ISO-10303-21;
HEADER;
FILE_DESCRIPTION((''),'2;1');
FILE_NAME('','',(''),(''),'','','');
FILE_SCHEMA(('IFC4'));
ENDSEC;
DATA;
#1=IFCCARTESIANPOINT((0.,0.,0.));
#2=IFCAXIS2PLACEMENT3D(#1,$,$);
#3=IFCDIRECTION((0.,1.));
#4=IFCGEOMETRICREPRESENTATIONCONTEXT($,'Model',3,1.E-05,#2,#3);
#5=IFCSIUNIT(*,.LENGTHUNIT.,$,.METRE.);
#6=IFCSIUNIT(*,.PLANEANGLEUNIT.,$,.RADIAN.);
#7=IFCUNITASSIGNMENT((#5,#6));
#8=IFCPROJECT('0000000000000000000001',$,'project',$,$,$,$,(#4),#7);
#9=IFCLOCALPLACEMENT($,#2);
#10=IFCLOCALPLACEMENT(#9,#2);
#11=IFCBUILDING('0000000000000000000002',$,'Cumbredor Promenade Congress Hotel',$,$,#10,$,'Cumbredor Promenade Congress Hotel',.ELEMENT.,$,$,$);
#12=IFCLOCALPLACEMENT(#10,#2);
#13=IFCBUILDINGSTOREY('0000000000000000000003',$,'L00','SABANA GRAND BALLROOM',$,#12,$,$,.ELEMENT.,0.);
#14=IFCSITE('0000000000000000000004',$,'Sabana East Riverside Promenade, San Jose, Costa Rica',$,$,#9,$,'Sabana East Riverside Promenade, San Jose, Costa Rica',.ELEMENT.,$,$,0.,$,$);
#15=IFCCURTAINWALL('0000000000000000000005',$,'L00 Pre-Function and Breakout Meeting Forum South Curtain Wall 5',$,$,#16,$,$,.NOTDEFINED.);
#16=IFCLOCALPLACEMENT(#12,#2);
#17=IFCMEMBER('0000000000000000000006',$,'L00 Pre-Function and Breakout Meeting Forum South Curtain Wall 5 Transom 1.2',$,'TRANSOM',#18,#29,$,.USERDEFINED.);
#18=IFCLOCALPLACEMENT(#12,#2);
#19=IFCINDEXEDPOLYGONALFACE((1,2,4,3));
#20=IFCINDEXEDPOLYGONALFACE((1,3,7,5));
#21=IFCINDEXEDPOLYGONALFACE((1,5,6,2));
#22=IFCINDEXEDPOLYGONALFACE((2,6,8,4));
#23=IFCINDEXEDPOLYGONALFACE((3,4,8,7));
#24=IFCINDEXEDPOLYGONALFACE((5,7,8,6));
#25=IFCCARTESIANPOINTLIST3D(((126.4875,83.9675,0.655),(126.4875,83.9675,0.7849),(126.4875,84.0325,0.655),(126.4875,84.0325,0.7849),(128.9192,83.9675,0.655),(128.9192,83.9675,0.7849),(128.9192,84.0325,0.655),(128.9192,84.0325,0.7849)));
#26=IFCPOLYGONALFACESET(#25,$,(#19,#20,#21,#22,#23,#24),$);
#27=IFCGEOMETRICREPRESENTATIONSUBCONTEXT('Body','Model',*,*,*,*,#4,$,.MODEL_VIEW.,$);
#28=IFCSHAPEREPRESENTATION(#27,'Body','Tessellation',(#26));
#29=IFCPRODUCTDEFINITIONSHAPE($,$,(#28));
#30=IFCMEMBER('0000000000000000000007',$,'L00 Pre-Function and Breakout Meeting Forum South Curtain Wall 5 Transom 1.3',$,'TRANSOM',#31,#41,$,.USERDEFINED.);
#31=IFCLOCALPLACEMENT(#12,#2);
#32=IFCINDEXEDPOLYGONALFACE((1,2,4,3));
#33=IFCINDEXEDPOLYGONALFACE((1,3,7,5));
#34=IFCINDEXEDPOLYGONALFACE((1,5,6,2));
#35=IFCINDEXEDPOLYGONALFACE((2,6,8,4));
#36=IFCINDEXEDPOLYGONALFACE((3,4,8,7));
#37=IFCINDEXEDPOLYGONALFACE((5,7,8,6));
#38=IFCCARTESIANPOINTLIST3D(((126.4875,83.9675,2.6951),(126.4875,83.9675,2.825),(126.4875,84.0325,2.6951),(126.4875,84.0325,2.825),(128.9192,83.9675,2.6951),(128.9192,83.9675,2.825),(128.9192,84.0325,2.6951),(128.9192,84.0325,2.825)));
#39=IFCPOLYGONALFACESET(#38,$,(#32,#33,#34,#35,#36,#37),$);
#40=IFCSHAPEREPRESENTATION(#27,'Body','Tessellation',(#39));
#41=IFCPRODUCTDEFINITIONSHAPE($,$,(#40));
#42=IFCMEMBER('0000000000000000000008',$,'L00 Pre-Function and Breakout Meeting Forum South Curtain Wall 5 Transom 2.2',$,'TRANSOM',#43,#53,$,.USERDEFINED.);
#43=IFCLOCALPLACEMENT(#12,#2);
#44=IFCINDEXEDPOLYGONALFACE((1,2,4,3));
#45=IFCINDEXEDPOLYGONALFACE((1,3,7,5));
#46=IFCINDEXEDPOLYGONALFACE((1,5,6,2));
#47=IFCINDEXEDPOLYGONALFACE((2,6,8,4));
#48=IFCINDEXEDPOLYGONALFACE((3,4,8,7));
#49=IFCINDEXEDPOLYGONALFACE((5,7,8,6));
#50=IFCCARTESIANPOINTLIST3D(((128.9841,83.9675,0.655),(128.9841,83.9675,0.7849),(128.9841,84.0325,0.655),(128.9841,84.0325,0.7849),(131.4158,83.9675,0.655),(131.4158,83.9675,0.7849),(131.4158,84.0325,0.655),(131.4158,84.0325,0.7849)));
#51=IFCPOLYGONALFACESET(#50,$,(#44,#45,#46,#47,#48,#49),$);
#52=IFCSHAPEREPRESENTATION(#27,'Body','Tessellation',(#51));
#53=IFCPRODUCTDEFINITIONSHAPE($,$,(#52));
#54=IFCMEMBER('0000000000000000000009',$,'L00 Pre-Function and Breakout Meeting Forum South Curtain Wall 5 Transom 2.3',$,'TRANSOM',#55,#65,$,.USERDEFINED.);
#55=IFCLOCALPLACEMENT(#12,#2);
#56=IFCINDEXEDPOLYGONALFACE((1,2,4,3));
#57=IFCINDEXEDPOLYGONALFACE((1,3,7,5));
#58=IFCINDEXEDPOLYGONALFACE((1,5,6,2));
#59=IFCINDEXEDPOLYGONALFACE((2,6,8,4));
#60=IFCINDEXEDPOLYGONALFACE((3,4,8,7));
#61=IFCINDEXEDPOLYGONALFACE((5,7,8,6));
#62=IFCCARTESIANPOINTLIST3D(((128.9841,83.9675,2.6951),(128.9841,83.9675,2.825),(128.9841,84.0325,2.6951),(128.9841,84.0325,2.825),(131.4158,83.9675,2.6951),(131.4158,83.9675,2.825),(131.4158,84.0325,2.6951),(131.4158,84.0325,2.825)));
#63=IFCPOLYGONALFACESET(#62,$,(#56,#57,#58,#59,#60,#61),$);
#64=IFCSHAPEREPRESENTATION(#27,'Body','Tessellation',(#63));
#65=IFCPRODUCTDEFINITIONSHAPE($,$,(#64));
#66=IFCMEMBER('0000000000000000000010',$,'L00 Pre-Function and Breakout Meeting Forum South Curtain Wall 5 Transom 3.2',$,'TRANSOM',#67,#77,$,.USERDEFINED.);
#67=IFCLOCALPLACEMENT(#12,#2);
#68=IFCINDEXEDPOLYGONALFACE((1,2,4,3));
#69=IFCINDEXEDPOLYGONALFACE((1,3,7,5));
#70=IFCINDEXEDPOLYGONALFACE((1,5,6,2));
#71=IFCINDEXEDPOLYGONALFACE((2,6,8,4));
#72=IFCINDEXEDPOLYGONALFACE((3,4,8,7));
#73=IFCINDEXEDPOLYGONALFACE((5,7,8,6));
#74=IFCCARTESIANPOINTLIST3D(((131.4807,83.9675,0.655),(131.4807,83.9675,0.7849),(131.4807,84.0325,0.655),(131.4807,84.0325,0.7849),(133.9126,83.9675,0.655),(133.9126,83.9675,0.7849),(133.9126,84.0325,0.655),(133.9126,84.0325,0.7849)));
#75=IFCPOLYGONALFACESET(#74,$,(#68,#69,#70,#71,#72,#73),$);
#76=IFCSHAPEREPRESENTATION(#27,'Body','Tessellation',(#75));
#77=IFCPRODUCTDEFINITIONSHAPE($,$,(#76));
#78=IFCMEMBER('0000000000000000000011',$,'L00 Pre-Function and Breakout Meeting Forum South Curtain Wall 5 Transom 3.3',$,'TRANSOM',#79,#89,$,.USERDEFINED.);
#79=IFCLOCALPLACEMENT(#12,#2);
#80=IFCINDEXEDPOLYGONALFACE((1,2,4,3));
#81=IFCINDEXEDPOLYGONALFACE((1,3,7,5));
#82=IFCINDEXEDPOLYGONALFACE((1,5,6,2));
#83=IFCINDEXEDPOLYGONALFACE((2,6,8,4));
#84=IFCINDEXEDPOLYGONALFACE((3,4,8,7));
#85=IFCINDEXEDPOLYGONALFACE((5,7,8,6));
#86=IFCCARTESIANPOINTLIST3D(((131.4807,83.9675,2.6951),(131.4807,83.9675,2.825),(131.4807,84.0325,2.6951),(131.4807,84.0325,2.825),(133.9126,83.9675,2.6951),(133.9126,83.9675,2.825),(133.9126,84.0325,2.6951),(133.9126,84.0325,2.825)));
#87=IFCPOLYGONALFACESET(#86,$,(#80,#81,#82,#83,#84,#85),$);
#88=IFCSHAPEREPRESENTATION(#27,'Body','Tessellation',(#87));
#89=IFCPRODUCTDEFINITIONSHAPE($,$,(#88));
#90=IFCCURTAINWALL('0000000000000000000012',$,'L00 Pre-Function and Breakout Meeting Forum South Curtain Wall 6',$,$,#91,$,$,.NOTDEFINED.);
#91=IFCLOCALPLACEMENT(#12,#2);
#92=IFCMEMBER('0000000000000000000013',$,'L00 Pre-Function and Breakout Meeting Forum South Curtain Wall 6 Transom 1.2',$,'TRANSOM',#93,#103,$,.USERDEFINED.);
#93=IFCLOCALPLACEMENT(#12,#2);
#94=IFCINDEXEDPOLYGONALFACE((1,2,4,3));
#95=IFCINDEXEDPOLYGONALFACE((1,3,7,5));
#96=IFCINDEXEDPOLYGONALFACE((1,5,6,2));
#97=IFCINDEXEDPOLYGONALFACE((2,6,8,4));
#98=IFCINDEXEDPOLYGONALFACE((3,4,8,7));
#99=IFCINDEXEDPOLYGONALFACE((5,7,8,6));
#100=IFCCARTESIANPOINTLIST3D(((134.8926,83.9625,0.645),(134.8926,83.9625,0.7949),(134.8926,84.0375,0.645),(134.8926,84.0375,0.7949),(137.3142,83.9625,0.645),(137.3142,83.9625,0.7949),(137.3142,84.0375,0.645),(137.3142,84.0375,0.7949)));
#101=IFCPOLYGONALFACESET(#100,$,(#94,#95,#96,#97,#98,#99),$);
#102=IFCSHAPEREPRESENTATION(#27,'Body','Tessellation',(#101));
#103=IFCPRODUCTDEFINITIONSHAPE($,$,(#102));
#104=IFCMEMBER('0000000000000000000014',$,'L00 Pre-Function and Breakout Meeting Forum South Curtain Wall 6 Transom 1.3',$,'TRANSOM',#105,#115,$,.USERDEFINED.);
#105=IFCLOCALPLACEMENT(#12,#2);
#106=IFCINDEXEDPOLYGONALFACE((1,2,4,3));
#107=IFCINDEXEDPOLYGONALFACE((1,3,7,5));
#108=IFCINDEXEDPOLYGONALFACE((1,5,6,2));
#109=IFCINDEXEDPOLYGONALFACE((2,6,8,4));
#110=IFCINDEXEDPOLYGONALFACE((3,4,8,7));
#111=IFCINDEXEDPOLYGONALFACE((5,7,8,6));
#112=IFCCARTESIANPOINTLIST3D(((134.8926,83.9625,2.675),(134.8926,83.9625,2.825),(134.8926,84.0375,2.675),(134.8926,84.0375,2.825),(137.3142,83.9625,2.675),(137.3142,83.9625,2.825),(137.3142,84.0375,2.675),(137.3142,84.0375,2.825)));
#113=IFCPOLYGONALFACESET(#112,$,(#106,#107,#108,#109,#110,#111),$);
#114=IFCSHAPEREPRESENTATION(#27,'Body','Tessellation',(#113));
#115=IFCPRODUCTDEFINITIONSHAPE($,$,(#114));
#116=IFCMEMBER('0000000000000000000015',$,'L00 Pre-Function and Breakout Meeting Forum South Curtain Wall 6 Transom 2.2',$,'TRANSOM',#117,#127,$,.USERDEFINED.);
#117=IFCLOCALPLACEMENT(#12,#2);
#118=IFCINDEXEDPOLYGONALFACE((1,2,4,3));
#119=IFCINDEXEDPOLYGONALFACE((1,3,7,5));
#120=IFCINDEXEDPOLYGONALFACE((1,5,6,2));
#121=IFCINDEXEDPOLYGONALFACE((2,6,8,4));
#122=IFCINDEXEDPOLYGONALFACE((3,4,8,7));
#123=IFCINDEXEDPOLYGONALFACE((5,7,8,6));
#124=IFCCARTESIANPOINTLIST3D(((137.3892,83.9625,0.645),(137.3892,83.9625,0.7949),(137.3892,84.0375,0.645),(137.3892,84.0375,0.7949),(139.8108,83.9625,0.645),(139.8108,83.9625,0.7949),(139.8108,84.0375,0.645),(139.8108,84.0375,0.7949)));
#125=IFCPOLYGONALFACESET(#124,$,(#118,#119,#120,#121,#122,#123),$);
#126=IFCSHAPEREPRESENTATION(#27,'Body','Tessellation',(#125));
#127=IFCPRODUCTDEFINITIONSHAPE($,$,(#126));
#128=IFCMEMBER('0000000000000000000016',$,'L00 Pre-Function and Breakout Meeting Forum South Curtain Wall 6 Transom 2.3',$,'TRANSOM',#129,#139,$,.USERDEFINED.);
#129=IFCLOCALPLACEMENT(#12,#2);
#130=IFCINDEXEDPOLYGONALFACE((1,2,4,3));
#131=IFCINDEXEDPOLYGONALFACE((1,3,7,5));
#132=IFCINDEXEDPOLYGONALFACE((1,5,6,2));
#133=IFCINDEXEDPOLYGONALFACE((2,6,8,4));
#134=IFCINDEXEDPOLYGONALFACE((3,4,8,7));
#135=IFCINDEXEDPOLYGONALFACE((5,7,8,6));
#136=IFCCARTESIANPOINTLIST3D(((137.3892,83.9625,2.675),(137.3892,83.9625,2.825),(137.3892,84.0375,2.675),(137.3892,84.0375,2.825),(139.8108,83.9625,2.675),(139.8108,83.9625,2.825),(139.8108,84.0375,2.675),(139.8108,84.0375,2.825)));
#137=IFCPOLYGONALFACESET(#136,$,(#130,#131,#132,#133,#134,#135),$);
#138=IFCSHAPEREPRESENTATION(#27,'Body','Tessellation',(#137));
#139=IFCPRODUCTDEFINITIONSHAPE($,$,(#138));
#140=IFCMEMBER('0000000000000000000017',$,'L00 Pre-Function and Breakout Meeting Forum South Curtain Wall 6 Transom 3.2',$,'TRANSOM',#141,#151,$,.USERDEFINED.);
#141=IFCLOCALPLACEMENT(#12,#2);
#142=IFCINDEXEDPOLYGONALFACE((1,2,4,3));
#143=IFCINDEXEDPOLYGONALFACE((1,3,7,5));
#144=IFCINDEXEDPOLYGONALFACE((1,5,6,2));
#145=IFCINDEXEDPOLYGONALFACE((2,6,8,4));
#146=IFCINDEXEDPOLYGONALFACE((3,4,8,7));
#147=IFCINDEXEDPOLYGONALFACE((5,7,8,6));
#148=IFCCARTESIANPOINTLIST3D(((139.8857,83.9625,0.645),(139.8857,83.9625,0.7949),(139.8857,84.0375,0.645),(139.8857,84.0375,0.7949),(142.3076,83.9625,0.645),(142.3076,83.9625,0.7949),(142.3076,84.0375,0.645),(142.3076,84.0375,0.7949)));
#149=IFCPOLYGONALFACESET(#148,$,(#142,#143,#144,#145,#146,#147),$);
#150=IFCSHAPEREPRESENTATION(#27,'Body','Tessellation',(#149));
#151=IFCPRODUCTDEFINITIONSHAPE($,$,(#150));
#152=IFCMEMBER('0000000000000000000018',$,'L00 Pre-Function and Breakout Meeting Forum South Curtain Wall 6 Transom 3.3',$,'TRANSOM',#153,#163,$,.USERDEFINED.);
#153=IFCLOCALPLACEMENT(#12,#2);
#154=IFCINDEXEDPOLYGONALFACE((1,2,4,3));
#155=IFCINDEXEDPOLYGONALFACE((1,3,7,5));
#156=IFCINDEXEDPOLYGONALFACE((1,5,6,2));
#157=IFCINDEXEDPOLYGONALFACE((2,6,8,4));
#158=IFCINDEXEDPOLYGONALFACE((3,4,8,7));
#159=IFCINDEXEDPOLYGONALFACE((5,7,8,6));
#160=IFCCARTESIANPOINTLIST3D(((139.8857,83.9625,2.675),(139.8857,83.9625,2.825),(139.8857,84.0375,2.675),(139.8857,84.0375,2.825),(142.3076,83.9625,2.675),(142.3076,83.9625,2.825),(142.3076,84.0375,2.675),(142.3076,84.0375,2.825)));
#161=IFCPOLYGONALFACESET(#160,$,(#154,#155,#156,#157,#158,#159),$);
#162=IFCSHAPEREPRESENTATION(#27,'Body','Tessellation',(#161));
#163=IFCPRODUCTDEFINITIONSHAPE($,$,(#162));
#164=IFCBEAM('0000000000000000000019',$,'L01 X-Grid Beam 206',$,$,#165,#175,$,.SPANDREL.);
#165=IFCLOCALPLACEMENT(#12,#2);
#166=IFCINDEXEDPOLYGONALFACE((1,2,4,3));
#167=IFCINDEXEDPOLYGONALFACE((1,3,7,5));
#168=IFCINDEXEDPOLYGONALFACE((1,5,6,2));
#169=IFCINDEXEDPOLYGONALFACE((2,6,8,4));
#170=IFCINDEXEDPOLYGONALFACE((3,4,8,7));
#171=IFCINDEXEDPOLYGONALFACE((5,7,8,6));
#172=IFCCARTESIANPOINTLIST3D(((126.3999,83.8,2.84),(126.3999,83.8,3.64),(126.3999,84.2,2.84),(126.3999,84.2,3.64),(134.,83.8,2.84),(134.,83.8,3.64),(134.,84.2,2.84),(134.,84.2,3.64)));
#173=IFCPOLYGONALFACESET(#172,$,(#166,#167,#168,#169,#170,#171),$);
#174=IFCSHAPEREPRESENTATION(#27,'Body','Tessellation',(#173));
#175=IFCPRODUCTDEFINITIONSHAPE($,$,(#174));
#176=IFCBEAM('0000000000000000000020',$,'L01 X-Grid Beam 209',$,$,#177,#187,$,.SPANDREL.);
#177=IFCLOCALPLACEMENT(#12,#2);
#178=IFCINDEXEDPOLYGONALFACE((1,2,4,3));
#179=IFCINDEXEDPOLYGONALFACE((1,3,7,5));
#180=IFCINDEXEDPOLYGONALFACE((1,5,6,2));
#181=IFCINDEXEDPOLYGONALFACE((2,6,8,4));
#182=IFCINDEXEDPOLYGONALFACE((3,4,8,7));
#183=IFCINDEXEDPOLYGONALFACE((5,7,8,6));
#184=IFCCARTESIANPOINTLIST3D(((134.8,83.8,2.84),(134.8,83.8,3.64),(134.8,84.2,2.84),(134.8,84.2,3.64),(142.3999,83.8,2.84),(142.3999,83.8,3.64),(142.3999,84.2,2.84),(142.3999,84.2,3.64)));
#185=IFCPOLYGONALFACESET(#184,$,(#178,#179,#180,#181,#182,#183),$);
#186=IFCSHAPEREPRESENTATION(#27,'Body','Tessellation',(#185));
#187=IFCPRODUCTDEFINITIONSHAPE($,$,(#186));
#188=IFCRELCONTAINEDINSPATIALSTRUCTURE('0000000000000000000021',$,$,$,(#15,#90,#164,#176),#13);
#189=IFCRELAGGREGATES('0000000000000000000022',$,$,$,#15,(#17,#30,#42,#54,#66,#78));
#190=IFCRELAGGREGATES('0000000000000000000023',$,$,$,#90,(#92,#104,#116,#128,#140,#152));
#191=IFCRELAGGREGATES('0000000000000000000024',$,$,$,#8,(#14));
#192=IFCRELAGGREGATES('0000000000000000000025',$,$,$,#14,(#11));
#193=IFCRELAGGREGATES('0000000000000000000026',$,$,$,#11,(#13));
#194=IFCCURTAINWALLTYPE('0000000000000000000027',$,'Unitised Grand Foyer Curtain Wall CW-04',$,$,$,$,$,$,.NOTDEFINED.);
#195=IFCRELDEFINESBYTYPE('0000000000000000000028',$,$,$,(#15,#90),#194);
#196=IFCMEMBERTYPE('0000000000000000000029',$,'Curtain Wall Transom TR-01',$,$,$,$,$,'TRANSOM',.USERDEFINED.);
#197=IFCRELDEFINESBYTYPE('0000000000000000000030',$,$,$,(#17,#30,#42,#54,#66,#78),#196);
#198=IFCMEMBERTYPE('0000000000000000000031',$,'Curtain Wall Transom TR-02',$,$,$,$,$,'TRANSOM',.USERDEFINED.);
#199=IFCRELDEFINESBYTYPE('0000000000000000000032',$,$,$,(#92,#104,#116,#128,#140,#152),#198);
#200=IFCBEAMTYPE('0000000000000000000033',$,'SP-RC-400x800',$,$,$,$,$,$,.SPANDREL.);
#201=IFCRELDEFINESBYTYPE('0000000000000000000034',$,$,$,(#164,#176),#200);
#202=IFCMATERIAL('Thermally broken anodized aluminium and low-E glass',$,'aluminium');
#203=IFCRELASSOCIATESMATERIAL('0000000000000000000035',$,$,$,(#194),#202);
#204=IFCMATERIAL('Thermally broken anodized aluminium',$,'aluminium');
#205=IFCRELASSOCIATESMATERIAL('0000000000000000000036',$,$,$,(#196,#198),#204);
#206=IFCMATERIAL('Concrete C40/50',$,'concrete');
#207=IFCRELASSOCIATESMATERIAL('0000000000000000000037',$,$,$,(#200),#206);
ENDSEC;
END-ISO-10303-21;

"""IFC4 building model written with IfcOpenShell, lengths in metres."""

from ifc_helpers import new_model, si_unit, direction, frame, origin, origin_2d, place, context, subcontext, project, spatial, rectangle, extrude, material, material_profile, profile_set, type_object, element, aggregate, save


model = new_model("IFC4")

# Units and contexts
model_context = context("Model", 3, precision=1e-05, world=origin(), true_north=direction((0.0, 1.0)))
body_context = subcontext(model_context, "Body", "Model", "MODEL_VIEW")
ifc_project = project(units=[si_unit("LENGTHUNIT", "METRE"), si_unit("PLANEANGLEUNIT", "RADIAN")], contexts=[model_context])

# Site, building, storey
site_placement = place(None, origin())
site = spatial("IfcSite", under=ifc_project, at=site_placement, Name="Sabana East Riverside Promenade, San Jose, Costa Rica", LongName="Sabana East Riverside Promenade, San Jose, Costa Rica", CompositionType="ELEMENT", RefElevation=0.0)
building_placement = place(site_placement, origin())
building = spatial("IfcBuilding", under=site, at=building_placement, Name="Cumbredor Promenade Congress Hotel", LongName="Cumbredor Promenade Congress Hotel", CompositionType="ELEMENT")
storey_placement = place(building_placement, origin())
storey = spatial("IfcBuildingStorey", under=building, at=storey_placement, Name="L00", Description="SABANA GRAND BALLROOM", CompositionType="ELEMENT", Elevation=0.0)

# Curtain walls, members
ifc_material_1 = material(Name="Thermally broken anodized aluminium and low-E glass", Category="aluminium")
curtain_wall_type = type_object("IfcCurtainWallType", Name="Unitised Grand Foyer Curtain Wall CW-04", PredefinedType="NOTDEFINED", material=ifc_material_1)
curtain_wall_1_placement = place(storey_placement, origin())
curtain_wall_1 = element("IfcCurtainWall", 1, at=curtain_wall_1_placement, inside=storey, type_object=curtain_wall_type, Name="L00 Pre-Function and Breakout Meeting Forum South Curtain Wall 5", PredefinedType="NOTDEFINED")
ifc_material_2 = material(Name="Thermally broken anodized aluminium", Category="aluminium")
ifc_material_profile_1 = material_profile(ifc_material_2, rectangle(XDim=0.0649, YDim=0.1299, at=origin_2d()), Name="ALU TRANSOM 65x130")
ifc_profile_set_1 = profile_set([ifc_material_profile_1], Name="Thermally broken anodized aluminium")
member_type_1 = type_object("IfcMemberType", Name="Curtain Wall Transom TR-01", ElementType="TRANSOM", PredefinedType="USERDEFINED", material=ifc_profile_set_1)
member_1_placement = place(storey_placement, frame((126.4875, 84.0, 0.72), z_axis=(1.0, 0.0, 0.0), x_axis=(0.0, 1.0, 0.0)))
member_1 = element("IfcMember", 2, at=member_1_placement, type_object=member_type_1, Name="L00 Pre-Function and Breakout Meeting Forum South Curtain Wall 5 Transom 1.2", ObjectType="TRANSOM", PredefinedType="USERDEFINED", context=body_context, shape_type="SweptSolid", body=[
    extrude(rectangle(XDim=0.0649, YDim=0.1299, at=origin_2d()), origin(), (0.0, 0.0, 1.0), 2.4316),
])
member_2_placement = place(storey_placement, frame((126.4875, 84.0, 2.76), z_axis=(1.0, 0.0, 0.0), x_axis=(0.0, 1.0, 0.0)))
member_2 = element("IfcMember", 3, at=member_2_placement, type_object=member_type_1, Name="L00 Pre-Function and Breakout Meeting Forum South Curtain Wall 5 Transom 1.3", ObjectType="TRANSOM", PredefinedType="USERDEFINED", context=body_context, shape_type="SweptSolid", body=[
    extrude(rectangle(XDim=0.0649, YDim=0.1299, at=origin_2d()), origin(), (0.0, 0.0, 1.0), 2.4316),
])
member_3_placement = place(storey_placement, frame((128.9841, 84.0, 0.72), z_axis=(1.0, 0.0, 0.0), x_axis=(0.0, 1.0, 0.0)))
member_3 = element("IfcMember", 4, at=member_3_placement, type_object=member_type_1, Name="L00 Pre-Function and Breakout Meeting Forum South Curtain Wall 5 Transom 2.2", ObjectType="TRANSOM", PredefinedType="USERDEFINED", context=body_context, shape_type="SweptSolid", body=[
    extrude(rectangle(XDim=0.0649, YDim=0.1299, at=origin_2d()), origin(), (0.0, 0.0, 1.0), 2.4316),
])
member_4_placement = place(storey_placement, frame((128.9841, 84.0, 2.76), z_axis=(1.0, 0.0, 0.0), x_axis=(0.0, 1.0, 0.0)))
member_4 = element("IfcMember", 5, at=member_4_placement, type_object=member_type_1, Name="L00 Pre-Function and Breakout Meeting Forum South Curtain Wall 5 Transom 2.3", ObjectType="TRANSOM", PredefinedType="USERDEFINED", context=body_context, shape_type="SweptSolid", body=[
    extrude(rectangle(XDim=0.0649, YDim=0.1299, at=origin_2d()), origin(), (0.0, 0.0, 1.0), 2.4316),
])
member_5_placement = place(storey_placement, frame((131.4807, 84.0, 0.72), z_axis=(1.0, 0.0, 0.0), x_axis=(0.0, 1.0, 0.0)))
member_5 = element("IfcMember", 6, at=member_5_placement, type_object=member_type_1, Name="L00 Pre-Function and Breakout Meeting Forum South Curtain Wall 5 Transom 3.2", ObjectType="TRANSOM", PredefinedType="USERDEFINED", context=body_context, shape_type="SweptSolid", body=[
    extrude(rectangle(XDim=0.0649, YDim=0.1299, at=origin_2d()), origin(), (0.0, 0.0, 1.0), 2.4319),
])
member_6_placement = place(storey_placement, frame((131.4807, 84.0, 2.76), z_axis=(1.0, 0.0, 0.0), x_axis=(0.0, 1.0, 0.0)))
member_6 = element("IfcMember", 7, at=member_6_placement, type_object=member_type_1, Name="L00 Pre-Function and Breakout Meeting Forum South Curtain Wall 5 Transom 3.3", ObjectType="TRANSOM", PredefinedType="USERDEFINED", context=body_context, shape_type="SweptSolid", body=[
    extrude(rectangle(XDim=0.0649, YDim=0.1299, at=origin_2d()), origin(), (0.0, 0.0, 1.0), 2.4319),
])
curtain_wall_2_placement = place(storey_placement, origin())
curtain_wall_2 = element("IfcCurtainWall", 8, at=curtain_wall_2_placement, inside=storey, type_object=curtain_wall_type, Name="L00 Pre-Function and Breakout Meeting Forum South Curtain Wall 6", PredefinedType="NOTDEFINED")
ifc_material_profile_2 = material_profile(ifc_material_2, rectangle(XDim=0.075, YDim=0.1499, at=origin_2d()), Name="ALU TRANSOM 75x150")
ifc_profile_set_2 = profile_set([ifc_material_profile_2], Name="Thermally broken anodized aluminium")
member_type_2 = type_object("IfcMemberType", Name="Curtain Wall Transom TR-02", ElementType="TRANSOM", PredefinedType="USERDEFINED", material=ifc_profile_set_2)
member_7_placement = place(storey_placement, frame((134.8926, 84.0, 0.72), z_axis=(1.0, 0.0, 0.0), x_axis=(0.0, 1.0, 0.0)))
member_7 = element("IfcMember", 9, at=member_7_placement, type_object=member_type_2, Name="L00 Pre-Function and Breakout Meeting Forum South Curtain Wall 6 Transom 1.2", ObjectType="TRANSOM", PredefinedType="USERDEFINED", context=body_context, shape_type="SweptSolid", body=[
    extrude(rectangle(XDim=0.075, YDim=0.1499, at=origin_2d()), origin(), (0.0, 0.0, 1.0), 2.4216),
])
member_8_placement = place(storey_placement, frame((134.8926, 84.0, 2.75), z_axis=(1.0, 0.0, 0.0), x_axis=(0.0, 1.0, 0.0)))
member_8 = element("IfcMember", 10, at=member_8_placement, type_object=member_type_2, Name="L00 Pre-Function and Breakout Meeting Forum South Curtain Wall 6 Transom 1.3", ObjectType="TRANSOM", PredefinedType="USERDEFINED", context=body_context, shape_type="SweptSolid", body=[
    extrude(rectangle(XDim=0.075, YDim=0.1499, at=origin_2d()), origin(), (0.0, 0.0, 1.0), 2.4216),
])
member_9_placement = place(storey_placement, frame((137.3892, 84.0, 0.72), z_axis=(1.0, 0.0, 0.0), x_axis=(0.0, 1.0, 0.0)))
member_9 = element("IfcMember", 11, at=member_9_placement, type_object=member_type_2, Name="L00 Pre-Function and Breakout Meeting Forum South Curtain Wall 6 Transom 2.2", ObjectType="TRANSOM", PredefinedType="USERDEFINED", context=body_context, shape_type="SweptSolid", body=[
    extrude(rectangle(XDim=0.075, YDim=0.1499, at=origin_2d()), origin(), (0.0, 0.0, 1.0), 2.4216),
])
member_10_placement = place(storey_placement, frame((137.3892, 84.0, 2.75), z_axis=(1.0, 0.0, 0.0), x_axis=(0.0, 1.0, 0.0)))
member_10 = element("IfcMember", 12, at=member_10_placement, type_object=member_type_2, Name="L00 Pre-Function and Breakout Meeting Forum South Curtain Wall 6 Transom 2.3", ObjectType="TRANSOM", PredefinedType="USERDEFINED", context=body_context, shape_type="SweptSolid", body=[
    extrude(rectangle(XDim=0.075, YDim=0.1499, at=origin_2d()), origin(), (0.0, 0.0, 1.0), 2.4216),
])
member_11_placement = place(storey_placement, frame((139.8857, 84.0, 0.72), z_axis=(1.0, 0.0, 0.0), x_axis=(0.0, 1.0, 0.0)))
member_11 = element("IfcMember", 13, at=member_11_placement, type_object=member_type_2, Name="L00 Pre-Function and Breakout Meeting Forum South Curtain Wall 6 Transom 3.2", ObjectType="TRANSOM", PredefinedType="USERDEFINED", context=body_context, shape_type="SweptSolid", body=[
    extrude(rectangle(XDim=0.075, YDim=0.1499, at=origin_2d()), origin(), (0.0, 0.0, 1.0), 2.4219),
])
member_12_placement = place(storey_placement, frame((139.8857, 84.0, 2.75), z_axis=(1.0, 0.0, 0.0), x_axis=(0.0, 1.0, 0.0)))
member_12 = element("IfcMember", 14, at=member_12_placement, type_object=member_type_2, Name="L00 Pre-Function and Breakout Meeting Forum South Curtain Wall 6 Transom 3.3", ObjectType="TRANSOM", PredefinedType="USERDEFINED", context=body_context, shape_type="SweptSolid", body=[
    extrude(rectangle(XDim=0.075, YDim=0.1499, at=origin_2d()), origin(), (0.0, 0.0, 1.0), 2.4219),
])

# Beams
ifc_material_3 = material(Name="Concrete C40/50", Category="concrete")
ifc_material_profile_3 = material_profile(ifc_material_3, rectangle(XDim=0.3999, YDim=0.8, at=origin_2d()), Name="RC SPANDREL 400x800")
ifc_profile_set_3 = profile_set([ifc_material_profile_3], Name="Concrete C40/50")
beam_type = type_object("IfcBeamType", Name="SP-RC-400x800", PredefinedType="SPANDREL", material=ifc_profile_set_3)
beam_1_placement = place(storey_placement, frame((126.3999, 84.0, 3.24), z_axis=(1.0, 0.0, 0.0), x_axis=(0.0, 1.0, 0.0)))
element("IfcBeam", 15, at=beam_1_placement, inside=storey, type_object=beam_type, Name="L01 X-Grid Beam 206", PredefinedType="SPANDREL", context=body_context, shape_type="SweptSolid", body=[
    extrude(rectangle(XDim=0.3999, YDim=0.8, at=origin_2d()), origin(), (0.0, 0.0, 1.0), 7.6001),
])
beam_2_placement = place(storey_placement, frame((134.8, 84.0, 3.24), z_axis=(1.0, 0.0, 0.0), x_axis=(0.0, 1.0, 0.0)))
element("IfcBeam", 16, at=beam_2_placement, inside=storey, type_object=beam_type, Name="L01 X-Grid Beam 209", PredefinedType="SPANDREL", context=body_context, shape_type="SweptSolid", body=[
    extrude(rectangle(XDim=0.3999, YDim=0.8, at=origin_2d()), origin(), (0.0, 0.0, 1.0), 7.5999),
])

aggregate(curtain_wall_1, [member_1, member_2, member_3, member_4, member_5, member_6])
aggregate(curtain_wall_2, [member_7, member_8, member_9, member_10, member_11, member_12])

save(model, "model.ifc")
